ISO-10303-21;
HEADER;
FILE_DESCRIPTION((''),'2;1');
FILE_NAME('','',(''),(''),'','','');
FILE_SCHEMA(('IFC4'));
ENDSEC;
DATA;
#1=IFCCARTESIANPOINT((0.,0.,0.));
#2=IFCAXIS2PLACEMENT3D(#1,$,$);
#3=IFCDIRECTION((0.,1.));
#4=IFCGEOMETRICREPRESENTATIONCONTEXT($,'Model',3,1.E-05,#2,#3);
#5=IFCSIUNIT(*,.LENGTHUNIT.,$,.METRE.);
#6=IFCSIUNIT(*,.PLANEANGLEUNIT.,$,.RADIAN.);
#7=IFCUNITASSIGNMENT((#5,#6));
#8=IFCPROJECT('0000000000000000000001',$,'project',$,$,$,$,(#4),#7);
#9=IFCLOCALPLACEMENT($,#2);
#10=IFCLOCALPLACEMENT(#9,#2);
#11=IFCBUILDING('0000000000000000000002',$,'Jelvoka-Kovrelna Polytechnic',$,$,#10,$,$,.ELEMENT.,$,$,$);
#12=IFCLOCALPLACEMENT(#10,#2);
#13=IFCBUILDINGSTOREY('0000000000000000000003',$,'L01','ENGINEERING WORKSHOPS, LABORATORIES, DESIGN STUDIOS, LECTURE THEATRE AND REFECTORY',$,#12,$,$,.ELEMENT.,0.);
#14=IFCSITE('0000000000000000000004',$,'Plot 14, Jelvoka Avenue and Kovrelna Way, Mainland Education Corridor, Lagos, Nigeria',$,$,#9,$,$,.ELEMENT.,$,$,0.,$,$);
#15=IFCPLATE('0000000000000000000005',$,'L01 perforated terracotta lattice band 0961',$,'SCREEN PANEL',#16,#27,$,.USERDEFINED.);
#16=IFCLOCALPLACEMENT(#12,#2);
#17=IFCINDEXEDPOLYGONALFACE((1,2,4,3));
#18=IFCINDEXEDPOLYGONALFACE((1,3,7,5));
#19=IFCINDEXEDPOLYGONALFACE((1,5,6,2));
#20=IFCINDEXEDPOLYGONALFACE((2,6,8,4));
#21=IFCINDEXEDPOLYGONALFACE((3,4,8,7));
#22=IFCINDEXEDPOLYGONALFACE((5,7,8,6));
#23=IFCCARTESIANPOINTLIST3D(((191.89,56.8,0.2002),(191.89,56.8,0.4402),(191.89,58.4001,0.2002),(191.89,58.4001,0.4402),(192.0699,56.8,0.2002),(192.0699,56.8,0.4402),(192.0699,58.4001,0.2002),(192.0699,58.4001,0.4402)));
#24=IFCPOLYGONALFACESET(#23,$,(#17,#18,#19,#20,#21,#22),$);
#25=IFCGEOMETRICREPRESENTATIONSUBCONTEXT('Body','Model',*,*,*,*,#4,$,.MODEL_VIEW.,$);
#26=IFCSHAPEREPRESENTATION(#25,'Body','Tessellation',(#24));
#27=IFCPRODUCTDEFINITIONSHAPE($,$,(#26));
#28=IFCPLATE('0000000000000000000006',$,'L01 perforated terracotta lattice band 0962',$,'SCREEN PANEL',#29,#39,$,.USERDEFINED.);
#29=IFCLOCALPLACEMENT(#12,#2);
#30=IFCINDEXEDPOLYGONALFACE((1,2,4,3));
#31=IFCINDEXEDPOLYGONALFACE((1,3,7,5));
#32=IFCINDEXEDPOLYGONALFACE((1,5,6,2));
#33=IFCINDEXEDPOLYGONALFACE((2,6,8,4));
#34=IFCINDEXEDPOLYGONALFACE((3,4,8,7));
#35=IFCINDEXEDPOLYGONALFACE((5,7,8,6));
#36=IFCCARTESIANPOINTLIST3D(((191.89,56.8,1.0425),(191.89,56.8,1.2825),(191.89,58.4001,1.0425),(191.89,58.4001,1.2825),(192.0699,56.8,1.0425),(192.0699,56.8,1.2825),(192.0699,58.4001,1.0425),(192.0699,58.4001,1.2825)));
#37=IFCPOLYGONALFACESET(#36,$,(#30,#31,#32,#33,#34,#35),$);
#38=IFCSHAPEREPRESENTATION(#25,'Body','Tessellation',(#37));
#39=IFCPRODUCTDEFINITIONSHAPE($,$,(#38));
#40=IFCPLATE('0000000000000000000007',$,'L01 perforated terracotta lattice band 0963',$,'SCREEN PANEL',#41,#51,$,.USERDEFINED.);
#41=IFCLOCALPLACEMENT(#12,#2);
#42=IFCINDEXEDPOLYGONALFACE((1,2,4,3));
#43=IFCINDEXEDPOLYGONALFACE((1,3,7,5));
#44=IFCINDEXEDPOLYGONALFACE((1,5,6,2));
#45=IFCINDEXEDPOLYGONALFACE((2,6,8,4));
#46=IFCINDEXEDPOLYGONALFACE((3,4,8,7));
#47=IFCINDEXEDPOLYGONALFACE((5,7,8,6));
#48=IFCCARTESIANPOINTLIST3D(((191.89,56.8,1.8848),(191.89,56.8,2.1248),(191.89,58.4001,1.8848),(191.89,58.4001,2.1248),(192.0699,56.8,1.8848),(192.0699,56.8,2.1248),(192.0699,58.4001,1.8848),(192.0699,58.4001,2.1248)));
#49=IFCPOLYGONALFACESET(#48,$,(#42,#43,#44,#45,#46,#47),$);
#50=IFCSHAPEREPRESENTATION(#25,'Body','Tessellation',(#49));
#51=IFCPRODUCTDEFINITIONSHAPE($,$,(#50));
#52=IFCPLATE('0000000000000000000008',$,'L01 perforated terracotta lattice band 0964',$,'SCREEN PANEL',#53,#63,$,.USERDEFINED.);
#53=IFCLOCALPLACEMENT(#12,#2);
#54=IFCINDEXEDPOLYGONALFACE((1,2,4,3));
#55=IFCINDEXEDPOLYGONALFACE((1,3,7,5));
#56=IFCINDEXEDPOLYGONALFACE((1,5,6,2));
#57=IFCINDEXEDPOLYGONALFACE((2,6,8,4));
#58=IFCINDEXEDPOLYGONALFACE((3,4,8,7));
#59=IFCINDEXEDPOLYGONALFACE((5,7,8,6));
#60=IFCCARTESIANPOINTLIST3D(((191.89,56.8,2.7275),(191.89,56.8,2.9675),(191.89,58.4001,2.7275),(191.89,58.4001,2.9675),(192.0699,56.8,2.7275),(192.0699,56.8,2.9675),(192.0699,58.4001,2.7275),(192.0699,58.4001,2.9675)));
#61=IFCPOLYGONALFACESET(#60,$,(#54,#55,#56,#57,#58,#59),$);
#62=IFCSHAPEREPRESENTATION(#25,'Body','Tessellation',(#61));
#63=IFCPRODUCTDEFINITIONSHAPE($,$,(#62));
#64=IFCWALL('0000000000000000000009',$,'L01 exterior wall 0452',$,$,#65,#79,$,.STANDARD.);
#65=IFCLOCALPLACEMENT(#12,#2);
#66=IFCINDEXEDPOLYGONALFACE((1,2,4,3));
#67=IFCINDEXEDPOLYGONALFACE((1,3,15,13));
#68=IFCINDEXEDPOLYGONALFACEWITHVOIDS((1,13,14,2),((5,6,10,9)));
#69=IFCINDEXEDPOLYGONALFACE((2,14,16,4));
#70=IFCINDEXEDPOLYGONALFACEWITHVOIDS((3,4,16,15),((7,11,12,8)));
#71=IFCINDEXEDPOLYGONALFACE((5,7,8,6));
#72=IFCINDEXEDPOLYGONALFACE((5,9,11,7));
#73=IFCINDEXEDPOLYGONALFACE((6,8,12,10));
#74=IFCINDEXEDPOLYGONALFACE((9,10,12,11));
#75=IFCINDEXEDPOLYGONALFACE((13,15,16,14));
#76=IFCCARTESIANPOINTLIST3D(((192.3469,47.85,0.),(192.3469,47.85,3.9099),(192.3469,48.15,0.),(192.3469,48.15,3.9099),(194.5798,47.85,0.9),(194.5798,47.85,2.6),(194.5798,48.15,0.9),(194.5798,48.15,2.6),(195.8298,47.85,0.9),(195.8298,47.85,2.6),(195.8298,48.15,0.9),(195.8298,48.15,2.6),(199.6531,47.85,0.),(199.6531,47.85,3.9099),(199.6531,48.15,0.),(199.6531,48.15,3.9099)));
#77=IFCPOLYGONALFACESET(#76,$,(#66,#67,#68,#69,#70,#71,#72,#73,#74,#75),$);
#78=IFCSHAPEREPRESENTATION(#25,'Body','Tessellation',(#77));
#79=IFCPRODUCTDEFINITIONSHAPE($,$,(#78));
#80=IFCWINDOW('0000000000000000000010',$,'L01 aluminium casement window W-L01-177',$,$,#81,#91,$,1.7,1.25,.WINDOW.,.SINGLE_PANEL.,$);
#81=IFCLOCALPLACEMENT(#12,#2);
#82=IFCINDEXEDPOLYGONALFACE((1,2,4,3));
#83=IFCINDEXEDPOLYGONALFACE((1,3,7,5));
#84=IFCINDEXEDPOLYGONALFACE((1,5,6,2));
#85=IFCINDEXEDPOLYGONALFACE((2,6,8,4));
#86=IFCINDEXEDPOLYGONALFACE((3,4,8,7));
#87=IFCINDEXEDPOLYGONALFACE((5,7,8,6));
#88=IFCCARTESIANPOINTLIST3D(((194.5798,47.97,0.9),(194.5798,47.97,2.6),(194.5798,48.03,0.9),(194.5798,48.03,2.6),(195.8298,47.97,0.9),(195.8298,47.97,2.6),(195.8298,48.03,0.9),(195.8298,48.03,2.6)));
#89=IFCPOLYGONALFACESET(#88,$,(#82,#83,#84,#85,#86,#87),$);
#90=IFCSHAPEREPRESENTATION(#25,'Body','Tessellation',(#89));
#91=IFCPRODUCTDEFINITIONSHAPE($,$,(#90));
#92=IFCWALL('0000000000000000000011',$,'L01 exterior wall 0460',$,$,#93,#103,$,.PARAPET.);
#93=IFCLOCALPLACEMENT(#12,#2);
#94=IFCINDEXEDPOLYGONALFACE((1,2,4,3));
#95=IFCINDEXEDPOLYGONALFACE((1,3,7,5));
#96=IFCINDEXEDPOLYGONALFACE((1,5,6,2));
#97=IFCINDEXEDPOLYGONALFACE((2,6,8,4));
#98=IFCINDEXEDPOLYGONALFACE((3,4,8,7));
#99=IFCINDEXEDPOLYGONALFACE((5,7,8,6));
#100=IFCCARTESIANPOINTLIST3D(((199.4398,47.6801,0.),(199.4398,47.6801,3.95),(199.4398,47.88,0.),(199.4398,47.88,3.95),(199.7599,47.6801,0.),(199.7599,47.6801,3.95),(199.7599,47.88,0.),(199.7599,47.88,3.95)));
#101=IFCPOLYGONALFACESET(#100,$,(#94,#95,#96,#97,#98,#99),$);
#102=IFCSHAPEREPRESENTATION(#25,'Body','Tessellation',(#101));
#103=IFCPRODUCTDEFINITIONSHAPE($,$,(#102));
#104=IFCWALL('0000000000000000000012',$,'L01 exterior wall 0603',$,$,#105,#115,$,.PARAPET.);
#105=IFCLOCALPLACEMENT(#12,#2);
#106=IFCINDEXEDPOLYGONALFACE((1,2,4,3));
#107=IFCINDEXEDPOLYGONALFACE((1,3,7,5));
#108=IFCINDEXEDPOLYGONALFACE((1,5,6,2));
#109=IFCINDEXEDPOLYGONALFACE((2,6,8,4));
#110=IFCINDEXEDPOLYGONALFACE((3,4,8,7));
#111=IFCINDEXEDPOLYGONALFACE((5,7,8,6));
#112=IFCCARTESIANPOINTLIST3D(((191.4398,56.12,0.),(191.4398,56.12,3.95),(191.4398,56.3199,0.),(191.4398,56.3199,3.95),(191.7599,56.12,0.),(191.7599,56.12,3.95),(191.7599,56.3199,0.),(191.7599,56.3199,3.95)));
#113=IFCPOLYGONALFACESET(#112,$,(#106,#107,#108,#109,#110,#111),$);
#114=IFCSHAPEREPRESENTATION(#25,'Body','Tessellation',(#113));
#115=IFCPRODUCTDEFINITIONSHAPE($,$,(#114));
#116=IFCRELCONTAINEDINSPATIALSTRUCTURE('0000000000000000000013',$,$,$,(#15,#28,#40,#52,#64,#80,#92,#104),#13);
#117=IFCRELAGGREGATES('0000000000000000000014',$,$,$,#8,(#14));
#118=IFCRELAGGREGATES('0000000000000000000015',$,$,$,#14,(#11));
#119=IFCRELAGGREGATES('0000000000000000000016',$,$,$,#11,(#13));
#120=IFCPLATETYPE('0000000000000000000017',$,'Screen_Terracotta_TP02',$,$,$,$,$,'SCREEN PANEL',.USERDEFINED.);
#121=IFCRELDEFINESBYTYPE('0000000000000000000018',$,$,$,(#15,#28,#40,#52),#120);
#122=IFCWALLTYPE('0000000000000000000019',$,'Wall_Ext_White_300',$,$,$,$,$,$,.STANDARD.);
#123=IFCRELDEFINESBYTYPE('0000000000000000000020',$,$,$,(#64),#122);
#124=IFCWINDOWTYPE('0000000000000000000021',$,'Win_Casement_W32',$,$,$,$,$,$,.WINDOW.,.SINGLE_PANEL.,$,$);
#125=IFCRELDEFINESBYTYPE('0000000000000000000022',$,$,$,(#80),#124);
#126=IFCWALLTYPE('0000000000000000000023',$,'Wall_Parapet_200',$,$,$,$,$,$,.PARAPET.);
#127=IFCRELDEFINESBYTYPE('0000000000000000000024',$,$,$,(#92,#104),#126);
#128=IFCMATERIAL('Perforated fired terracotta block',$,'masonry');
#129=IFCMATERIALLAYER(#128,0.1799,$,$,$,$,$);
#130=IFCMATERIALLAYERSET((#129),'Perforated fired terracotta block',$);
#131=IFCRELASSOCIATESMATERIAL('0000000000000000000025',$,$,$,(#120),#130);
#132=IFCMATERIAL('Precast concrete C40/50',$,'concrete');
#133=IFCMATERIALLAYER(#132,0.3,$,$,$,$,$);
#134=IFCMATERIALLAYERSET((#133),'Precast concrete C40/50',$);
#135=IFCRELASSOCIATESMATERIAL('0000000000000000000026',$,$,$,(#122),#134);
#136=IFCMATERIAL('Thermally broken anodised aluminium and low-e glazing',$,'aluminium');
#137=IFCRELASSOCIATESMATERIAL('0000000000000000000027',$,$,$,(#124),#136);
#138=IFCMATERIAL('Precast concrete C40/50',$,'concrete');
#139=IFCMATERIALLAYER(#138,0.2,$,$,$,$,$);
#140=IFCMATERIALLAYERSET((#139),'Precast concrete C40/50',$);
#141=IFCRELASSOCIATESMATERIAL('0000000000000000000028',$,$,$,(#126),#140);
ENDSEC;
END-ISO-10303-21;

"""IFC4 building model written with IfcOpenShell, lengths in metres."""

from ifc_helpers import new_model, si_unit, direction, frame, frame_2d, origin, origin_2d, place, context, subcontext, project, spatial, rectangle, extrude, material, layer, layer_set, type_object, element, fill, save


model = new_model("IFC4")

# Units and contexts
model_context = context("Model", 3, precision=1e-05, world=origin(), true_north=direction((0.0, 1.0)))
body_context = subcontext(model_context, "Body", "Model", "MODEL_VIEW")
ifc_project = project(units=[si_unit("LENGTHUNIT", "METRE"), si_unit("PLANEANGLEUNIT", "RADIAN")], contexts=[model_context])

# Site, building, storey
site_placement = place(None, origin())
site = spatial("IfcSite", under=ifc_project, at=site_placement, Name="Plot 14, Jelvoka Avenue and Kovrelna Way, Mainland Education Corridor, Lagos, Nigeria", CompositionType="ELEMENT", RefElevation=0.0)
building_placement = place(site_placement, origin())
building = spatial("IfcBuilding", under=site, at=building_placement, Name="Jelvoka-Kovrelna Polytechnic", CompositionType="ELEMENT")
storey_placement = place(building_placement, origin())
storey = spatial("IfcBuildingStorey", under=building, at=storey_placement, Name="L01", Description="ENGINEERING WORKSHOPS, LABORATORIES, DESIGN STUDIOS, LECTURE THEATRE AND REFECTORY", CompositionType="ELEMENT", Elevation=0.0)

# Plates
ifc_material_1 = material(Name="Perforated fired terracotta block", Category="masonry")
ifc_layer_1 = layer(ifc_material_1, 0.1799)
ifc_layer_set_1 = layer_set([ifc_layer_1], Name="Perforated fired terracotta block")
plate_type = type_object("IfcPlateType", Name="Screen_Terracotta_TP02", ElementType="SCREEN PANEL", PredefinedType="USERDEFINED", material=ifc_layer_set_1)
for number, where, z_axis, x_axis, name in (
    (1, (191.98, 57.6001, 0.2002), (0.0, 0.0, 1.0), (0.0, 1.0, 0.0), "L01 perforated terracotta lattice band 0961"),
    (2, (191.98, 57.6001, 1.0425), (0.0, 0.0, 1.0), (0.0, 1.0, 0.0), "L01 perforated terracotta lattice band 0962"),
    (3, (191.98, 57.6001, 1.8848), (0.0, 0.0, 1.0), (0.0, 1.0, 0.0), "L01 perforated terracotta lattice band 0963"),
    (4, (191.98, 57.6001, 2.7275), (0.0, 0.0, 1.0), (0.0, 1.0, 0.0), "L01 perforated terracotta lattice band 0964"),
):
    element("IfcPlate", number, at=place(storey_placement, frame(where, z_axis=z_axis, x_axis=x_axis)), inside=storey, type_object=plate_type, Name=name, ObjectType="SCREEN PANEL", PredefinedType="USERDEFINED", context=body_context, shape_type="SweptSolid", body=[
        extrude(rectangle(XDim=1.6001, YDim=0.1799, at=origin_2d()), origin(), (0.0, 0.0, 1.0), 0.24),
    ])

# Wall, opening, window
ifc_material_2 = material(Name="Precast concrete C40/50", Category="concrete")
ifc_layer_2 = layer(ifc_material_2, 0.3)
ifc_layer_set_2 = layer_set([ifc_layer_2], Name="Precast concrete C40/50")
wall_type_1 = type_object("IfcWallType", Name="Wall_Ext_White_300", PredefinedType="STANDARD", material=ifc_layer_set_2)
wall_placement = place(storey_placement, frame((192.3469, 48.0, 0.0), z_axis=(0.0, 0.0, 1.0), x_axis=(1.0, 0.0, 0.0)))
wall = element("IfcWall", 5, at=wall_placement, inside=storey, type_object=wall_type_1, Name="L01 exterior wall 0452", PredefinedType="STANDARD", context=body_context, shape_type="SweptSolid", body=[
    extrude(rectangle(XDim=7.3062, YDim=0.3, at=frame_2d((3.6531, 0.0))), origin(), (0.0, 0.0, 1.0), 3.9099),
])
opening_placement = place(wall_placement, frame((2.2329, 0.0, 0.8999)))
opening = element("IfcOpeningElement", 6, at=opening_placement, cuts=wall, PredefinedType="OPENING", context=body_context, shape_type="SweptSolid", body=[
    extrude(rectangle(XDim=1.25, YDim=1.7, at=frame_2d((0.625, 0.8501))), frame((0.0, 0.1599, 0.0), z_axis=(0.0, -1.0, 0.0), x_axis=(1.0, 0.0, 0.0)), (0.0, 0.0, 1.0), 0.3201),
])
ifc_material_3 = material(Name="Thermally broken anodised aluminium and low-e glazing", Category="aluminium")
window_type = type_object("IfcWindowType", Name="Win_Casement_W32", PartitioningType="SINGLE_PANEL", PredefinedType="WINDOW", material=ifc_material_3)
window_placement = place(opening_placement, origin())
window = element("IfcWindow", 7, at=window_placement, inside=storey, type_object=window_type, Name="L01 aluminium casement window W-L01-177", OverallHeight=1.7, OverallWidth=1.25, PartitioningType="SINGLE_PANEL", PredefinedType="WINDOW", context=body_context, shape_type="SweptSolid", body=[
    extrude(rectangle(XDim=1.25, YDim=1.7, at=frame_2d((0.625, 0.8501))), frame((0.0, 0.03, 0.0), z_axis=(0.0, -1.0, 0.0), x_axis=(1.0, 0.0, 0.0)), (0.0, 0.0, 1.0), 0.0601),
])
fill(opening, window)

# Walls
ifc_material_4 = material(Name="Precast concrete C40/50", Category="concrete")
ifc_layer_3 = layer(ifc_material_4, 0.2)
ifc_layer_set_3 = layer_set([ifc_layer_3], Name="Precast concrete C40/50")
wall_type_2 = type_object("IfcWallType", Name="Wall_Parapet_200", PredefinedType="PARAPET", material=ifc_layer_set_3)
for number, where, z_axis, x_axis, name in (
    (8, (199.76, 47.78, 0.0), (0.0, 0.0, 1.0), (-1.0, 0.0, 0.0), "L01 exterior wall 0460"),
    (9, (191.76, 56.22, 0.0), (0.0, 0.0, 1.0), (-1.0, 0.0, 0.0), "L01 exterior wall 0603"),
):
    element("IfcWall", number, at=place(storey_placement, frame(where, z_axis=z_axis, x_axis=x_axis)), inside=storey, type_object=wall_type_2, Name=name, PredefinedType="PARAPET", context=body_context, shape_type="SweptSolid", body=[
        extrude(rectangle(XDim=0.3201, YDim=0.2, at=frame_2d((0.1602, 0.0))), origin(), (0.0, 0.0, 1.0), 3.95),
    ])

save(model, "model.ifc")
